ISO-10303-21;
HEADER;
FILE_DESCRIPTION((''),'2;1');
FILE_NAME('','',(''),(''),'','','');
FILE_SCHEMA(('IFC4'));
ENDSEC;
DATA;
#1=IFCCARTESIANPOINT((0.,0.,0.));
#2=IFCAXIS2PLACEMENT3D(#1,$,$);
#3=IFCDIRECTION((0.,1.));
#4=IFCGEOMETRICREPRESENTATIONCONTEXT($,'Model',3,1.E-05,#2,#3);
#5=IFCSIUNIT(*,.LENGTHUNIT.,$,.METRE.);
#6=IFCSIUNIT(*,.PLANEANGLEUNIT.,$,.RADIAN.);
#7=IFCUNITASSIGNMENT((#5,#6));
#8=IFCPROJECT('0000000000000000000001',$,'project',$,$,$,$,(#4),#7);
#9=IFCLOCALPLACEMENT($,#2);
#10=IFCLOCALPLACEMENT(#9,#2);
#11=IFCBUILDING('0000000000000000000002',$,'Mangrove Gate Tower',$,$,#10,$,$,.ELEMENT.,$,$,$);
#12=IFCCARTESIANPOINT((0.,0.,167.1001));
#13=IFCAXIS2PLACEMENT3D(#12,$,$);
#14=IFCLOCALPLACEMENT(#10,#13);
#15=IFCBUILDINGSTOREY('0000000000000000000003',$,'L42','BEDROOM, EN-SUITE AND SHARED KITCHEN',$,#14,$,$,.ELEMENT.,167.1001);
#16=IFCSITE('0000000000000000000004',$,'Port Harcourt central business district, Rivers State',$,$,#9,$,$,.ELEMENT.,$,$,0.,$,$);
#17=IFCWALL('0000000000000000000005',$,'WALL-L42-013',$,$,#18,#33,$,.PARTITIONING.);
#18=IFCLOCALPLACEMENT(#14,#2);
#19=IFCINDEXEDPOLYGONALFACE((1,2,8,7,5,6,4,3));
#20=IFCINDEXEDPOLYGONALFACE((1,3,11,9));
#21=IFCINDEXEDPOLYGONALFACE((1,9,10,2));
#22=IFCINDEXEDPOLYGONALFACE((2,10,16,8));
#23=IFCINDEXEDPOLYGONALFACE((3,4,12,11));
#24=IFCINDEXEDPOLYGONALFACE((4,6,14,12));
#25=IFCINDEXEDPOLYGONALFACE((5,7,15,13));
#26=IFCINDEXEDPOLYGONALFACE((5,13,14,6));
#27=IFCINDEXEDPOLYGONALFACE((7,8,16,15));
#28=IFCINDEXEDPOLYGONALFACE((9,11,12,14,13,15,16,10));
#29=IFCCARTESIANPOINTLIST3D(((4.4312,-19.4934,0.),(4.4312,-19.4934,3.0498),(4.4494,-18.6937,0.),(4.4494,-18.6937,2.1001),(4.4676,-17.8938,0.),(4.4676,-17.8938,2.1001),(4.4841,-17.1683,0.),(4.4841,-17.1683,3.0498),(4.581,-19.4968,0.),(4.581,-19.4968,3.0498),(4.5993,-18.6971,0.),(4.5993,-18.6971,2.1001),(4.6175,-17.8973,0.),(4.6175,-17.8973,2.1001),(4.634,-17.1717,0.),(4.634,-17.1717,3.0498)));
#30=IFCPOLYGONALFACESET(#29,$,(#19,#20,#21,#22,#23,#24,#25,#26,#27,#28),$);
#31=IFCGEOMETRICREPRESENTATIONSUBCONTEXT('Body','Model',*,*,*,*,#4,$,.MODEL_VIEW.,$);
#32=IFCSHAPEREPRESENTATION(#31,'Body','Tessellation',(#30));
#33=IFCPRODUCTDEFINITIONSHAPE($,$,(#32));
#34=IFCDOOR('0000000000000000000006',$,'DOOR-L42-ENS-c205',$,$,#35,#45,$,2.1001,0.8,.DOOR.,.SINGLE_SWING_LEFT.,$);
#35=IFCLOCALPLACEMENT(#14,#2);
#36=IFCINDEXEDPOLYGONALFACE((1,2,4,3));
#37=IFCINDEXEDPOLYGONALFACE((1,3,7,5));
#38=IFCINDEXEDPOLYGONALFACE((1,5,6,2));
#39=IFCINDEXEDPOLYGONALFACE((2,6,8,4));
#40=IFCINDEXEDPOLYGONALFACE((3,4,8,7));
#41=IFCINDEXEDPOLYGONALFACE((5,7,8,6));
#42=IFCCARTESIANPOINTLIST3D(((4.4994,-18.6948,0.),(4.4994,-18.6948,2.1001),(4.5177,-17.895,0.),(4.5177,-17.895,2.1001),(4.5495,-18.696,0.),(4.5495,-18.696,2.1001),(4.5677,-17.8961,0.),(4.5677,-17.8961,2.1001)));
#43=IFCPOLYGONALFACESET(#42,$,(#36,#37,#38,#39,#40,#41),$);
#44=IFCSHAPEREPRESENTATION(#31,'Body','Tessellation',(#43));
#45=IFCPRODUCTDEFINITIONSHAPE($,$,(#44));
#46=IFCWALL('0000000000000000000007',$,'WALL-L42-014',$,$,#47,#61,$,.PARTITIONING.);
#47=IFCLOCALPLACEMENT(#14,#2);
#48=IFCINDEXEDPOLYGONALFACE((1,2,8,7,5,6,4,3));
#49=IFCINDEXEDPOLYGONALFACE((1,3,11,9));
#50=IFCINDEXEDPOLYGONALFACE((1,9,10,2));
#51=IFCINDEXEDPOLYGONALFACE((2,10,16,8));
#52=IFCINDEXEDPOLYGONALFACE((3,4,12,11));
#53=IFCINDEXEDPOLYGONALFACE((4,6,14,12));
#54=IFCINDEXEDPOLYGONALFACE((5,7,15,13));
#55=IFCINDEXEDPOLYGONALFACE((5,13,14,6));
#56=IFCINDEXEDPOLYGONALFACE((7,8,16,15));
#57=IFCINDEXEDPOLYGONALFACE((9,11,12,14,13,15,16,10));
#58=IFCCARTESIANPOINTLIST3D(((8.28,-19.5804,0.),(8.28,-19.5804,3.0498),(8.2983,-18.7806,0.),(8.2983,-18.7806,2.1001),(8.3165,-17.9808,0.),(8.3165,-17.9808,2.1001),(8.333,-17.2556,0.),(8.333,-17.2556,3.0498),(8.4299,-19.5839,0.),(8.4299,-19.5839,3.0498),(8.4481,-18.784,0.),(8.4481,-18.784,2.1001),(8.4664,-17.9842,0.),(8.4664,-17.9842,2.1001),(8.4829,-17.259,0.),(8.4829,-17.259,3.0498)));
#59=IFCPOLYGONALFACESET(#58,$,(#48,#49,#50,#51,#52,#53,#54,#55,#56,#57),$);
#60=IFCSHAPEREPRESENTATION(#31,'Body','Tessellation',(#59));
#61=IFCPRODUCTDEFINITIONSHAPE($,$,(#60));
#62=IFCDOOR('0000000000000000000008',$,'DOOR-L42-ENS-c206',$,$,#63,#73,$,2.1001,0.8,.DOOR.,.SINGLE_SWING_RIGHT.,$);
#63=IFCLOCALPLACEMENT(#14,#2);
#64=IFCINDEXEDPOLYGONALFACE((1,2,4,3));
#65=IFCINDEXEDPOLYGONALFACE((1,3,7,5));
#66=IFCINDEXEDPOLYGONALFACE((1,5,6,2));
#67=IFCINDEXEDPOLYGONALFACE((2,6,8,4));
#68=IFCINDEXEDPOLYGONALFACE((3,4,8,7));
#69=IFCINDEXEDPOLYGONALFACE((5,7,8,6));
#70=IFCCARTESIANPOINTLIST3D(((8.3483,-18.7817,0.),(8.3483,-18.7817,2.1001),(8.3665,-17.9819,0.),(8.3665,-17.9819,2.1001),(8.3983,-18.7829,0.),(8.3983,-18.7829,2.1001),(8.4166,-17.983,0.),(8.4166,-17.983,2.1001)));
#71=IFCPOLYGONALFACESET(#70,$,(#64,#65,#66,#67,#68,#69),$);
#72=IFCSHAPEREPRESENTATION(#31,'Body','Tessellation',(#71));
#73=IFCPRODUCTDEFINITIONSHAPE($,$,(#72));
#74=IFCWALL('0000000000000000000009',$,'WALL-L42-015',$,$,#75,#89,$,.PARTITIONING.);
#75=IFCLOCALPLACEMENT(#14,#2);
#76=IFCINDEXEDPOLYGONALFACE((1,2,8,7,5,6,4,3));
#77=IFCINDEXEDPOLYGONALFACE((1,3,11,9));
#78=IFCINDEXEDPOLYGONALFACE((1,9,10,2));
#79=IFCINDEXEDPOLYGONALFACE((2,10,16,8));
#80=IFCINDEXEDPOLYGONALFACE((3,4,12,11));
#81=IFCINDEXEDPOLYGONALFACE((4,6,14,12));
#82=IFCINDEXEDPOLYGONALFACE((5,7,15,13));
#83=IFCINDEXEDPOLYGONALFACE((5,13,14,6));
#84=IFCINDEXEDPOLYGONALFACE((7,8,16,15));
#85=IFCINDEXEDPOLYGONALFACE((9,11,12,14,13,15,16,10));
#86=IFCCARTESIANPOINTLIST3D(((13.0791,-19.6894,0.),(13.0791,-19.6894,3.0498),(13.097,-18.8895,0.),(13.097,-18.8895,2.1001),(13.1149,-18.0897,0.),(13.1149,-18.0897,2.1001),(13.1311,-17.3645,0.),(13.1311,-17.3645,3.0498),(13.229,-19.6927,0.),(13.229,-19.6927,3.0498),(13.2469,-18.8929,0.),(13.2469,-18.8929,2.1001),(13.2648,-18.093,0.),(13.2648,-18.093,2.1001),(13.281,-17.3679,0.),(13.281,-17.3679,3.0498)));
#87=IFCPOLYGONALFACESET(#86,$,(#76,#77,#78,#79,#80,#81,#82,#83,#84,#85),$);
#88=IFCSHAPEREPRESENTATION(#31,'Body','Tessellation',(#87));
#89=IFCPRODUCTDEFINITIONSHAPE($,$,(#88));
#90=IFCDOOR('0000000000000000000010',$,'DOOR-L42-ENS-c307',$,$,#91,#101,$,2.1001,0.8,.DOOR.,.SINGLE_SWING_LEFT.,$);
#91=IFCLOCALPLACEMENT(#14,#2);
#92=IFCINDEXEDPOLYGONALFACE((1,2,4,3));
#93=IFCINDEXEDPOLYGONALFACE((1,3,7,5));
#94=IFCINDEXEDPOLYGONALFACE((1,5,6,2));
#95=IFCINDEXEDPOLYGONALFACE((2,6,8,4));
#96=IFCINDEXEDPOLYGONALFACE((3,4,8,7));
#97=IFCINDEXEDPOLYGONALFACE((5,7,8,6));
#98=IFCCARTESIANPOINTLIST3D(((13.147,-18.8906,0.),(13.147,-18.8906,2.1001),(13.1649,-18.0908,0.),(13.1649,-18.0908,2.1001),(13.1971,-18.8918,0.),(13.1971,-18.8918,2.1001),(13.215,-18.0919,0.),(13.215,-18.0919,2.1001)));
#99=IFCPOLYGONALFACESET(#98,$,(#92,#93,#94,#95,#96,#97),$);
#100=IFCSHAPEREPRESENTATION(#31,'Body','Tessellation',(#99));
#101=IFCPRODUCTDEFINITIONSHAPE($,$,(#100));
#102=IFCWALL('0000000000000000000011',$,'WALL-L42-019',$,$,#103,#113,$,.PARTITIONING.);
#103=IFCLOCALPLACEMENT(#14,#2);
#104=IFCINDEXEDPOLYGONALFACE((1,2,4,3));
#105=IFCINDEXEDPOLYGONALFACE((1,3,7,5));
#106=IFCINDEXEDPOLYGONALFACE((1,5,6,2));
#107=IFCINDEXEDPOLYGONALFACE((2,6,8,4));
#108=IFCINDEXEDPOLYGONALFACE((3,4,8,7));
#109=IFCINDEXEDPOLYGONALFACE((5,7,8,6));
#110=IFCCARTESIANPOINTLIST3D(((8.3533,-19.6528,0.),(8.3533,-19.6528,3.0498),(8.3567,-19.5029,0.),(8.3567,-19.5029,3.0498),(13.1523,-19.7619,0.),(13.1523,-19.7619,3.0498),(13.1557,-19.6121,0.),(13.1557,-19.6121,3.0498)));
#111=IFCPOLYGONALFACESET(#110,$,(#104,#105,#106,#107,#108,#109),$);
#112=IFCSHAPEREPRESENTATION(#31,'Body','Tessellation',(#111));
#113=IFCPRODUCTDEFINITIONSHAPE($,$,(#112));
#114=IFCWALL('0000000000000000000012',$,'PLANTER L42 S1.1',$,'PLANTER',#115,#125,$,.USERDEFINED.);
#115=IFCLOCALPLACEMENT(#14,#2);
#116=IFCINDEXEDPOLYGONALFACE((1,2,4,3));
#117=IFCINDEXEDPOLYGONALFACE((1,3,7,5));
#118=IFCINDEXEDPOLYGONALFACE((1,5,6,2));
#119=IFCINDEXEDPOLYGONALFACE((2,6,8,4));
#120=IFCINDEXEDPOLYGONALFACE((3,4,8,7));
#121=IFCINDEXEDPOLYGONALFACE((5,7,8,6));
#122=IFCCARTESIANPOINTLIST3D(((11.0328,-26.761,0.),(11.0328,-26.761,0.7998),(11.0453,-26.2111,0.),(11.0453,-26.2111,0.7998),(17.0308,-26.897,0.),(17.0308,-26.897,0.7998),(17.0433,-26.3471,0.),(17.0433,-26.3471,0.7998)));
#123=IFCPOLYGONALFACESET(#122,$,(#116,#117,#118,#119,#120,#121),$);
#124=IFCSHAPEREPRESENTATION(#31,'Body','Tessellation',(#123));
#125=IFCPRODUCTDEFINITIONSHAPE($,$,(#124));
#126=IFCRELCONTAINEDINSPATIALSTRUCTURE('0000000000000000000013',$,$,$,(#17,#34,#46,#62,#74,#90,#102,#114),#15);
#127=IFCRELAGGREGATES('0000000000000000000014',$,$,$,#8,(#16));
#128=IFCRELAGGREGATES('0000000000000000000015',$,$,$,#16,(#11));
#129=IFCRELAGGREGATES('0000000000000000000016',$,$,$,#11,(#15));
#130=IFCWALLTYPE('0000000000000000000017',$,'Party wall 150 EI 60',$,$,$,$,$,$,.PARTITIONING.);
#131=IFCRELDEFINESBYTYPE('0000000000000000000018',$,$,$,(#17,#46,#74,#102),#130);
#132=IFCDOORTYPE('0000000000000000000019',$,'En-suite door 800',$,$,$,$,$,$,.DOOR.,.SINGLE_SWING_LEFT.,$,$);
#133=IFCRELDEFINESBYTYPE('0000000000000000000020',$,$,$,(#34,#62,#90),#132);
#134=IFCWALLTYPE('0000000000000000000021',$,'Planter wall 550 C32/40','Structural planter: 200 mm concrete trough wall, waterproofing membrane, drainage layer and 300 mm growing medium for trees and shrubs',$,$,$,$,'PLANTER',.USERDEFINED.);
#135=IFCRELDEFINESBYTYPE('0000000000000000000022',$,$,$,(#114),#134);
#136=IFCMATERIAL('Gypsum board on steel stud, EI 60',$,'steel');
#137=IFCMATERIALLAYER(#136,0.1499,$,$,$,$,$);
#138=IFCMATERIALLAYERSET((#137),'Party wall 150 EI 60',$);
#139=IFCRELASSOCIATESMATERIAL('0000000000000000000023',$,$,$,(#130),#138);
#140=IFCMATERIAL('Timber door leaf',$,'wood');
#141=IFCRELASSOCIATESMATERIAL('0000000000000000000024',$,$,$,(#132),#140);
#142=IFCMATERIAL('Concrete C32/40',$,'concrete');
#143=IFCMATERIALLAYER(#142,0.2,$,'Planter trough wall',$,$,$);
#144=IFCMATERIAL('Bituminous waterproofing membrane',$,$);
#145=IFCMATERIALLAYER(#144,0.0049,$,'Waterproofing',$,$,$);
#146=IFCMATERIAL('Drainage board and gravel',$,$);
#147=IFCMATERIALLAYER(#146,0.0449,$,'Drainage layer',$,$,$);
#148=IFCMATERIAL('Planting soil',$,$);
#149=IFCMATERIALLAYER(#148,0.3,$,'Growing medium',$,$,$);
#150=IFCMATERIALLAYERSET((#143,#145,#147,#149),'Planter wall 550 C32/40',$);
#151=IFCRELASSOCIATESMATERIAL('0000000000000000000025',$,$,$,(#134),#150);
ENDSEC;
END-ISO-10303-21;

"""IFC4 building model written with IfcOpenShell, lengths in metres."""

from ifc_helpers import new_model, si_unit, direction, frame, frame_2d, origin, place, context, subcontext, project, spatial, rectangle, extrude, material, layer, layer_set, type_object, element, fill, save


model = new_model("IFC4")

# Units and contexts
model_context = context("Model", 3, precision=1e-05, world=origin(), true_north=direction((0.0, 1.0)))
body_context = subcontext(model_context, "Body", "Model", "MODEL_VIEW")
ifc_project = project(units=[si_unit("LENGTHUNIT", "METRE"), si_unit("PLANEANGLEUNIT", "RADIAN")], contexts=[model_context])

# Site, building, storey
site_placement = place(None, origin())
site = spatial("IfcSite", under=ifc_project, at=site_placement, Name="Port Harcourt central business district, Rivers State", CompositionType="ELEMENT", RefElevation=0.0)
building_placement = place(site_placement, origin())
building = spatial("IfcBuilding", under=site, at=building_placement, Name="Mangrove Gate Tower", CompositionType="ELEMENT")
storey_placement = place(building_placement, frame((0.0, 0.0, 167.1001)))
storey = spatial("IfcBuildingStorey", under=building, at=storey_placement, Name="L42", Description="BEDROOM, EN-SUITE AND SHARED KITCHEN", CompositionType="ELEMENT", Elevation=167.1001)

# Shared definitions
ifc_material_1 = material(Name="Gypsum board on steel stud, EI 60", Category="steel")
ifc_layer_1 = layer(ifc_material_1, 0.1499)
ifc_layer_set_1 = layer_set([ifc_layer_1], Name="Party wall 150 EI 60")
wall_type_1 = type_object("IfcWallType", Name="Party wall 150 EI 60", PredefinedType="PARTITIONING", material=ifc_layer_set_1)

# Walls, openings, doors
wall_1_placement = place(storey_placement, frame((4.5061, -19.4951, 0.0), z_axis=(0.0, 0.0, 1.0), x_axis=(0.022779, 0.999741, 0.0)))
wall_1 = element("IfcWall", 1, at=wall_1_placement, inside=storey, type_object=wall_type_1, Name="WALL-L42-013", PredefinedType="PARTITIONING", context=body_context, shape_type="SweptSolid", body=[
    extrude(rectangle(XDim=2.3257, YDim=0.1499, at=frame_2d((1.1628, 0.0))), origin(), (0.0, 0.0, 1.0), 3.0498),
])
opening_1_placement = place(wall_1_placement, frame((0.8, 0.0, 0.0)))
opening_1 = element("IfcOpeningElement", 2, at=opening_1_placement, cuts=wall_1, PredefinedType="OPENING", context=body_context, shape_type="SweptSolid", body=[
    extrude(rectangle(XDim=0.8, YDim=2.1001, at=frame_2d((0.3999, 1.05))), frame((0.0, 0.085, 0.0), z_axis=(0.0, -1.0, 0.0), x_axis=(1.0, 0.0, 0.0)), (0.0, 0.0, 1.0), 0.1699),
])
ifc_material_2 = material(Name="Timber door leaf", Category="wood")
door_type_1 = type_object("IfcDoorType", Name="En-suite door 800", OperationType="SINGLE_SWING_LEFT", PredefinedType="DOOR", material=ifc_material_2)
door_1_placement = place(opening_1_placement, origin())
door_1 = element("IfcDoor", 3, at=door_1_placement, inside=storey, type_object=door_type_1, Name="DOOR-L42-ENS-c205", OperationType="SINGLE_SWING_LEFT", OverallHeight=2.1001, OverallWidth=0.8, PredefinedType="DOOR", context=body_context, shape_type="SweptSolid", body=[
    extrude(rectangle(XDim=0.8, YDim=2.1001, at=frame_2d((0.3999, 1.05))), frame((0.0, 0.0249, 0.0), z_axis=(0.0, -1.0, 0.0), x_axis=(1.0, 0.0, 0.0)), (0.0, 0.0, 1.0), 0.05),
])
fill(opening_1, door_1)
wall_2_placement = place(storey_placement, frame((8.355, -19.582, 0.0), z_axis=(0.0, 0.0, 1.0), x_axis=(0.022781, 0.99974, 0.0)))
wall_2 = element("IfcWall", 4, at=wall_2_placement, inside=storey, type_object=wall_type_1, Name="WALL-L42-014", PredefinedType="PARTITIONING", context=body_context, shape_type="SweptSolid", body=[
    extrude(rectangle(XDim=2.3254, YDim=0.1499, at=frame_2d((1.1626, 0.0))), origin(), (0.0, 0.0, 1.0), 3.0498),
])
opening_2_placement = place(wall_2_placement, frame((0.8, 0.0, 0.0)))
opening_2 = element("IfcOpeningElement", 5, at=opening_2_placement, cuts=wall_2, PredefinedType="OPENING", context=body_context, shape_type="SweptSolid", body=[
    extrude(rectangle(XDim=0.8, YDim=2.1001, at=frame_2d((0.3999, 1.05))), frame((0.0, 0.085, 0.0), z_axis=(0.0, -1.0, 0.0), x_axis=(1.0, 0.0, 0.0)), (0.0, 0.0, 1.0), 0.1699),
])
door_2_placement = place(opening_2_placement, origin())
door_2 = element("IfcDoor", 6, at=door_2_placement, inside=storey, type_object=door_type_1, Name="DOOR-L42-ENS-c206", OperationType="SINGLE_SWING_RIGHT", OverallHeight=2.1001, OverallWidth=0.8, PredefinedType="DOOR", context=body_context, shape_type="SweptSolid", body=[
    extrude(rectangle(XDim=0.8, YDim=2.1001, at=frame_2d((0.3999, 1.05))), frame((0.0, 0.0249, 0.0), z_axis=(0.0, -1.0, 0.0), x_axis=(1.0, 0.0, 0.0)), (0.0, 0.0, 1.0), 0.05),
])
fill(opening_2, door_2)
wall_3_placement = place(storey_placement, frame((13.1541, -19.6909, 0.0), z_axis=(0.0, 0.0, 1.0), x_axis=(0.022361, 0.99975, 0.0)))
wall_3 = element("IfcWall", 7, at=wall_3_placement, inside=storey, type_object=wall_type_1, Name="WALL-L42-015", PredefinedType="PARTITIONING", context=body_context, shape_type="SweptSolid", body=[
    extrude(rectangle(XDim=2.3254, YDim=0.1499, at=frame_2d((1.1626, 0.0))), origin(), (0.0, 0.0, 1.0), 3.0498),
])
opening_3_placement = place(wall_3_placement, frame((0.8, 0.0, 0.0)))
opening_3 = element("IfcOpeningElement", 8, at=opening_3_placement, cuts=wall_3, PredefinedType="OPENING", context=body_context, shape_type="SweptSolid", body=[
    extrude(rectangle(XDim=0.8, YDim=2.1001, at=frame_2d((0.3999, 1.05))), frame((0.0, 0.085, 0.0), z_axis=(0.0, -1.0, 0.0), x_axis=(1.0, 0.0, 0.0)), (0.0, 0.0, 1.0), 0.1699),
])
door_3_placement = place(opening_3_placement, origin())
door_3 = element("IfcDoor", 9, at=door_3_placement, inside=storey, type_object=door_type_1, Name="DOOR-L42-ENS-c307", OperationType="SINGLE_SWING_LEFT", OverallHeight=2.1001, OverallWidth=0.8, PredefinedType="DOOR", context=body_context, shape_type="SweptSolid", body=[
    extrude(rectangle(XDim=0.8, YDim=2.1001, at=frame_2d((0.3999, 1.05))), frame((0.0, 0.0249, 0.0), z_axis=(0.0, -1.0, 0.0), x_axis=(1.0, 0.0, 0.0)), (0.0, 0.0, 1.0), 0.05),
])
fill(opening_3, door_3)

# Walls
wall_4_placement = place(storey_placement, frame((8.355, -19.5779, 0.0), z_axis=(0.0, 0.0, 1.0), x_axis=(0.999742, -0.022734, 0.0)))
element("IfcWall", 10, at=wall_4_placement, inside=storey, type_object=wall_type_1, Name="WALL-L42-019", PredefinedType="PARTITIONING", context=body_context, shape_type="SweptSolid", body=[
    extrude(rectangle(XDim=4.8003, YDim=0.1499, at=frame_2d((2.4001, 0.0))), origin(), (0.0, 0.0, 1.0), 3.0498),
])
ifc_material_3 = material(Name="Concrete C32/40", Category="concrete")
ifc_layer_2 = layer(ifc_material_3, 0.2, Name="Planter trough wall")
ifc_material_4 = material(Name="Bituminous waterproofing membrane")
ifc_layer_3 = layer(ifc_material_4, 0.0049, Name="Waterproofing")
ifc_material_5 = material(Name="Drainage board and gravel")
ifc_layer_4 = layer(ifc_material_5, 0.0449, Name="Drainage layer")
ifc_material_6 = material(Name="Planting soil")
ifc_layer_5 = layer(ifc_material_6, 0.3, Name="Growing medium")
ifc_layer_set_2 = layer_set([ifc_layer_2, ifc_layer_3, ifc_layer_4, ifc_layer_5], Name="Planter wall 550 C32/40")
wall_type_2 = type_object("IfcWallType", Name="Planter wall 550 C32/40", Description="Structural planter: 200 mm concrete trough wall, waterproofing membrane, drainage layer and 300 mm growing medium for trees and shrubs", ElementType="PLANTER", PredefinedType="USERDEFINED", material=ifc_layer_set_2)
wall_5_placement = place(storey_placement, frame((11.0391, -26.4861, 0.0), z_axis=(0.0, 0.0, 1.0), x_axis=(0.999743, -0.022666, 0.0)))
element("IfcWall", 11, at=wall_5_placement, inside=storey, type_object=wall_type_2, Name="PLANTER L42 S1.1", ObjectType="PLANTER", PredefinedType="USERDEFINED", context=body_context, shape_type="SweptSolid", body=[
    extrude(rectangle(XDim=5.9995, YDim=0.55, at=frame_2d((2.9998, 0.0))), origin(), (0.0, 0.0, 1.0), 0.7998),
])

save(model, "model.ifc")
